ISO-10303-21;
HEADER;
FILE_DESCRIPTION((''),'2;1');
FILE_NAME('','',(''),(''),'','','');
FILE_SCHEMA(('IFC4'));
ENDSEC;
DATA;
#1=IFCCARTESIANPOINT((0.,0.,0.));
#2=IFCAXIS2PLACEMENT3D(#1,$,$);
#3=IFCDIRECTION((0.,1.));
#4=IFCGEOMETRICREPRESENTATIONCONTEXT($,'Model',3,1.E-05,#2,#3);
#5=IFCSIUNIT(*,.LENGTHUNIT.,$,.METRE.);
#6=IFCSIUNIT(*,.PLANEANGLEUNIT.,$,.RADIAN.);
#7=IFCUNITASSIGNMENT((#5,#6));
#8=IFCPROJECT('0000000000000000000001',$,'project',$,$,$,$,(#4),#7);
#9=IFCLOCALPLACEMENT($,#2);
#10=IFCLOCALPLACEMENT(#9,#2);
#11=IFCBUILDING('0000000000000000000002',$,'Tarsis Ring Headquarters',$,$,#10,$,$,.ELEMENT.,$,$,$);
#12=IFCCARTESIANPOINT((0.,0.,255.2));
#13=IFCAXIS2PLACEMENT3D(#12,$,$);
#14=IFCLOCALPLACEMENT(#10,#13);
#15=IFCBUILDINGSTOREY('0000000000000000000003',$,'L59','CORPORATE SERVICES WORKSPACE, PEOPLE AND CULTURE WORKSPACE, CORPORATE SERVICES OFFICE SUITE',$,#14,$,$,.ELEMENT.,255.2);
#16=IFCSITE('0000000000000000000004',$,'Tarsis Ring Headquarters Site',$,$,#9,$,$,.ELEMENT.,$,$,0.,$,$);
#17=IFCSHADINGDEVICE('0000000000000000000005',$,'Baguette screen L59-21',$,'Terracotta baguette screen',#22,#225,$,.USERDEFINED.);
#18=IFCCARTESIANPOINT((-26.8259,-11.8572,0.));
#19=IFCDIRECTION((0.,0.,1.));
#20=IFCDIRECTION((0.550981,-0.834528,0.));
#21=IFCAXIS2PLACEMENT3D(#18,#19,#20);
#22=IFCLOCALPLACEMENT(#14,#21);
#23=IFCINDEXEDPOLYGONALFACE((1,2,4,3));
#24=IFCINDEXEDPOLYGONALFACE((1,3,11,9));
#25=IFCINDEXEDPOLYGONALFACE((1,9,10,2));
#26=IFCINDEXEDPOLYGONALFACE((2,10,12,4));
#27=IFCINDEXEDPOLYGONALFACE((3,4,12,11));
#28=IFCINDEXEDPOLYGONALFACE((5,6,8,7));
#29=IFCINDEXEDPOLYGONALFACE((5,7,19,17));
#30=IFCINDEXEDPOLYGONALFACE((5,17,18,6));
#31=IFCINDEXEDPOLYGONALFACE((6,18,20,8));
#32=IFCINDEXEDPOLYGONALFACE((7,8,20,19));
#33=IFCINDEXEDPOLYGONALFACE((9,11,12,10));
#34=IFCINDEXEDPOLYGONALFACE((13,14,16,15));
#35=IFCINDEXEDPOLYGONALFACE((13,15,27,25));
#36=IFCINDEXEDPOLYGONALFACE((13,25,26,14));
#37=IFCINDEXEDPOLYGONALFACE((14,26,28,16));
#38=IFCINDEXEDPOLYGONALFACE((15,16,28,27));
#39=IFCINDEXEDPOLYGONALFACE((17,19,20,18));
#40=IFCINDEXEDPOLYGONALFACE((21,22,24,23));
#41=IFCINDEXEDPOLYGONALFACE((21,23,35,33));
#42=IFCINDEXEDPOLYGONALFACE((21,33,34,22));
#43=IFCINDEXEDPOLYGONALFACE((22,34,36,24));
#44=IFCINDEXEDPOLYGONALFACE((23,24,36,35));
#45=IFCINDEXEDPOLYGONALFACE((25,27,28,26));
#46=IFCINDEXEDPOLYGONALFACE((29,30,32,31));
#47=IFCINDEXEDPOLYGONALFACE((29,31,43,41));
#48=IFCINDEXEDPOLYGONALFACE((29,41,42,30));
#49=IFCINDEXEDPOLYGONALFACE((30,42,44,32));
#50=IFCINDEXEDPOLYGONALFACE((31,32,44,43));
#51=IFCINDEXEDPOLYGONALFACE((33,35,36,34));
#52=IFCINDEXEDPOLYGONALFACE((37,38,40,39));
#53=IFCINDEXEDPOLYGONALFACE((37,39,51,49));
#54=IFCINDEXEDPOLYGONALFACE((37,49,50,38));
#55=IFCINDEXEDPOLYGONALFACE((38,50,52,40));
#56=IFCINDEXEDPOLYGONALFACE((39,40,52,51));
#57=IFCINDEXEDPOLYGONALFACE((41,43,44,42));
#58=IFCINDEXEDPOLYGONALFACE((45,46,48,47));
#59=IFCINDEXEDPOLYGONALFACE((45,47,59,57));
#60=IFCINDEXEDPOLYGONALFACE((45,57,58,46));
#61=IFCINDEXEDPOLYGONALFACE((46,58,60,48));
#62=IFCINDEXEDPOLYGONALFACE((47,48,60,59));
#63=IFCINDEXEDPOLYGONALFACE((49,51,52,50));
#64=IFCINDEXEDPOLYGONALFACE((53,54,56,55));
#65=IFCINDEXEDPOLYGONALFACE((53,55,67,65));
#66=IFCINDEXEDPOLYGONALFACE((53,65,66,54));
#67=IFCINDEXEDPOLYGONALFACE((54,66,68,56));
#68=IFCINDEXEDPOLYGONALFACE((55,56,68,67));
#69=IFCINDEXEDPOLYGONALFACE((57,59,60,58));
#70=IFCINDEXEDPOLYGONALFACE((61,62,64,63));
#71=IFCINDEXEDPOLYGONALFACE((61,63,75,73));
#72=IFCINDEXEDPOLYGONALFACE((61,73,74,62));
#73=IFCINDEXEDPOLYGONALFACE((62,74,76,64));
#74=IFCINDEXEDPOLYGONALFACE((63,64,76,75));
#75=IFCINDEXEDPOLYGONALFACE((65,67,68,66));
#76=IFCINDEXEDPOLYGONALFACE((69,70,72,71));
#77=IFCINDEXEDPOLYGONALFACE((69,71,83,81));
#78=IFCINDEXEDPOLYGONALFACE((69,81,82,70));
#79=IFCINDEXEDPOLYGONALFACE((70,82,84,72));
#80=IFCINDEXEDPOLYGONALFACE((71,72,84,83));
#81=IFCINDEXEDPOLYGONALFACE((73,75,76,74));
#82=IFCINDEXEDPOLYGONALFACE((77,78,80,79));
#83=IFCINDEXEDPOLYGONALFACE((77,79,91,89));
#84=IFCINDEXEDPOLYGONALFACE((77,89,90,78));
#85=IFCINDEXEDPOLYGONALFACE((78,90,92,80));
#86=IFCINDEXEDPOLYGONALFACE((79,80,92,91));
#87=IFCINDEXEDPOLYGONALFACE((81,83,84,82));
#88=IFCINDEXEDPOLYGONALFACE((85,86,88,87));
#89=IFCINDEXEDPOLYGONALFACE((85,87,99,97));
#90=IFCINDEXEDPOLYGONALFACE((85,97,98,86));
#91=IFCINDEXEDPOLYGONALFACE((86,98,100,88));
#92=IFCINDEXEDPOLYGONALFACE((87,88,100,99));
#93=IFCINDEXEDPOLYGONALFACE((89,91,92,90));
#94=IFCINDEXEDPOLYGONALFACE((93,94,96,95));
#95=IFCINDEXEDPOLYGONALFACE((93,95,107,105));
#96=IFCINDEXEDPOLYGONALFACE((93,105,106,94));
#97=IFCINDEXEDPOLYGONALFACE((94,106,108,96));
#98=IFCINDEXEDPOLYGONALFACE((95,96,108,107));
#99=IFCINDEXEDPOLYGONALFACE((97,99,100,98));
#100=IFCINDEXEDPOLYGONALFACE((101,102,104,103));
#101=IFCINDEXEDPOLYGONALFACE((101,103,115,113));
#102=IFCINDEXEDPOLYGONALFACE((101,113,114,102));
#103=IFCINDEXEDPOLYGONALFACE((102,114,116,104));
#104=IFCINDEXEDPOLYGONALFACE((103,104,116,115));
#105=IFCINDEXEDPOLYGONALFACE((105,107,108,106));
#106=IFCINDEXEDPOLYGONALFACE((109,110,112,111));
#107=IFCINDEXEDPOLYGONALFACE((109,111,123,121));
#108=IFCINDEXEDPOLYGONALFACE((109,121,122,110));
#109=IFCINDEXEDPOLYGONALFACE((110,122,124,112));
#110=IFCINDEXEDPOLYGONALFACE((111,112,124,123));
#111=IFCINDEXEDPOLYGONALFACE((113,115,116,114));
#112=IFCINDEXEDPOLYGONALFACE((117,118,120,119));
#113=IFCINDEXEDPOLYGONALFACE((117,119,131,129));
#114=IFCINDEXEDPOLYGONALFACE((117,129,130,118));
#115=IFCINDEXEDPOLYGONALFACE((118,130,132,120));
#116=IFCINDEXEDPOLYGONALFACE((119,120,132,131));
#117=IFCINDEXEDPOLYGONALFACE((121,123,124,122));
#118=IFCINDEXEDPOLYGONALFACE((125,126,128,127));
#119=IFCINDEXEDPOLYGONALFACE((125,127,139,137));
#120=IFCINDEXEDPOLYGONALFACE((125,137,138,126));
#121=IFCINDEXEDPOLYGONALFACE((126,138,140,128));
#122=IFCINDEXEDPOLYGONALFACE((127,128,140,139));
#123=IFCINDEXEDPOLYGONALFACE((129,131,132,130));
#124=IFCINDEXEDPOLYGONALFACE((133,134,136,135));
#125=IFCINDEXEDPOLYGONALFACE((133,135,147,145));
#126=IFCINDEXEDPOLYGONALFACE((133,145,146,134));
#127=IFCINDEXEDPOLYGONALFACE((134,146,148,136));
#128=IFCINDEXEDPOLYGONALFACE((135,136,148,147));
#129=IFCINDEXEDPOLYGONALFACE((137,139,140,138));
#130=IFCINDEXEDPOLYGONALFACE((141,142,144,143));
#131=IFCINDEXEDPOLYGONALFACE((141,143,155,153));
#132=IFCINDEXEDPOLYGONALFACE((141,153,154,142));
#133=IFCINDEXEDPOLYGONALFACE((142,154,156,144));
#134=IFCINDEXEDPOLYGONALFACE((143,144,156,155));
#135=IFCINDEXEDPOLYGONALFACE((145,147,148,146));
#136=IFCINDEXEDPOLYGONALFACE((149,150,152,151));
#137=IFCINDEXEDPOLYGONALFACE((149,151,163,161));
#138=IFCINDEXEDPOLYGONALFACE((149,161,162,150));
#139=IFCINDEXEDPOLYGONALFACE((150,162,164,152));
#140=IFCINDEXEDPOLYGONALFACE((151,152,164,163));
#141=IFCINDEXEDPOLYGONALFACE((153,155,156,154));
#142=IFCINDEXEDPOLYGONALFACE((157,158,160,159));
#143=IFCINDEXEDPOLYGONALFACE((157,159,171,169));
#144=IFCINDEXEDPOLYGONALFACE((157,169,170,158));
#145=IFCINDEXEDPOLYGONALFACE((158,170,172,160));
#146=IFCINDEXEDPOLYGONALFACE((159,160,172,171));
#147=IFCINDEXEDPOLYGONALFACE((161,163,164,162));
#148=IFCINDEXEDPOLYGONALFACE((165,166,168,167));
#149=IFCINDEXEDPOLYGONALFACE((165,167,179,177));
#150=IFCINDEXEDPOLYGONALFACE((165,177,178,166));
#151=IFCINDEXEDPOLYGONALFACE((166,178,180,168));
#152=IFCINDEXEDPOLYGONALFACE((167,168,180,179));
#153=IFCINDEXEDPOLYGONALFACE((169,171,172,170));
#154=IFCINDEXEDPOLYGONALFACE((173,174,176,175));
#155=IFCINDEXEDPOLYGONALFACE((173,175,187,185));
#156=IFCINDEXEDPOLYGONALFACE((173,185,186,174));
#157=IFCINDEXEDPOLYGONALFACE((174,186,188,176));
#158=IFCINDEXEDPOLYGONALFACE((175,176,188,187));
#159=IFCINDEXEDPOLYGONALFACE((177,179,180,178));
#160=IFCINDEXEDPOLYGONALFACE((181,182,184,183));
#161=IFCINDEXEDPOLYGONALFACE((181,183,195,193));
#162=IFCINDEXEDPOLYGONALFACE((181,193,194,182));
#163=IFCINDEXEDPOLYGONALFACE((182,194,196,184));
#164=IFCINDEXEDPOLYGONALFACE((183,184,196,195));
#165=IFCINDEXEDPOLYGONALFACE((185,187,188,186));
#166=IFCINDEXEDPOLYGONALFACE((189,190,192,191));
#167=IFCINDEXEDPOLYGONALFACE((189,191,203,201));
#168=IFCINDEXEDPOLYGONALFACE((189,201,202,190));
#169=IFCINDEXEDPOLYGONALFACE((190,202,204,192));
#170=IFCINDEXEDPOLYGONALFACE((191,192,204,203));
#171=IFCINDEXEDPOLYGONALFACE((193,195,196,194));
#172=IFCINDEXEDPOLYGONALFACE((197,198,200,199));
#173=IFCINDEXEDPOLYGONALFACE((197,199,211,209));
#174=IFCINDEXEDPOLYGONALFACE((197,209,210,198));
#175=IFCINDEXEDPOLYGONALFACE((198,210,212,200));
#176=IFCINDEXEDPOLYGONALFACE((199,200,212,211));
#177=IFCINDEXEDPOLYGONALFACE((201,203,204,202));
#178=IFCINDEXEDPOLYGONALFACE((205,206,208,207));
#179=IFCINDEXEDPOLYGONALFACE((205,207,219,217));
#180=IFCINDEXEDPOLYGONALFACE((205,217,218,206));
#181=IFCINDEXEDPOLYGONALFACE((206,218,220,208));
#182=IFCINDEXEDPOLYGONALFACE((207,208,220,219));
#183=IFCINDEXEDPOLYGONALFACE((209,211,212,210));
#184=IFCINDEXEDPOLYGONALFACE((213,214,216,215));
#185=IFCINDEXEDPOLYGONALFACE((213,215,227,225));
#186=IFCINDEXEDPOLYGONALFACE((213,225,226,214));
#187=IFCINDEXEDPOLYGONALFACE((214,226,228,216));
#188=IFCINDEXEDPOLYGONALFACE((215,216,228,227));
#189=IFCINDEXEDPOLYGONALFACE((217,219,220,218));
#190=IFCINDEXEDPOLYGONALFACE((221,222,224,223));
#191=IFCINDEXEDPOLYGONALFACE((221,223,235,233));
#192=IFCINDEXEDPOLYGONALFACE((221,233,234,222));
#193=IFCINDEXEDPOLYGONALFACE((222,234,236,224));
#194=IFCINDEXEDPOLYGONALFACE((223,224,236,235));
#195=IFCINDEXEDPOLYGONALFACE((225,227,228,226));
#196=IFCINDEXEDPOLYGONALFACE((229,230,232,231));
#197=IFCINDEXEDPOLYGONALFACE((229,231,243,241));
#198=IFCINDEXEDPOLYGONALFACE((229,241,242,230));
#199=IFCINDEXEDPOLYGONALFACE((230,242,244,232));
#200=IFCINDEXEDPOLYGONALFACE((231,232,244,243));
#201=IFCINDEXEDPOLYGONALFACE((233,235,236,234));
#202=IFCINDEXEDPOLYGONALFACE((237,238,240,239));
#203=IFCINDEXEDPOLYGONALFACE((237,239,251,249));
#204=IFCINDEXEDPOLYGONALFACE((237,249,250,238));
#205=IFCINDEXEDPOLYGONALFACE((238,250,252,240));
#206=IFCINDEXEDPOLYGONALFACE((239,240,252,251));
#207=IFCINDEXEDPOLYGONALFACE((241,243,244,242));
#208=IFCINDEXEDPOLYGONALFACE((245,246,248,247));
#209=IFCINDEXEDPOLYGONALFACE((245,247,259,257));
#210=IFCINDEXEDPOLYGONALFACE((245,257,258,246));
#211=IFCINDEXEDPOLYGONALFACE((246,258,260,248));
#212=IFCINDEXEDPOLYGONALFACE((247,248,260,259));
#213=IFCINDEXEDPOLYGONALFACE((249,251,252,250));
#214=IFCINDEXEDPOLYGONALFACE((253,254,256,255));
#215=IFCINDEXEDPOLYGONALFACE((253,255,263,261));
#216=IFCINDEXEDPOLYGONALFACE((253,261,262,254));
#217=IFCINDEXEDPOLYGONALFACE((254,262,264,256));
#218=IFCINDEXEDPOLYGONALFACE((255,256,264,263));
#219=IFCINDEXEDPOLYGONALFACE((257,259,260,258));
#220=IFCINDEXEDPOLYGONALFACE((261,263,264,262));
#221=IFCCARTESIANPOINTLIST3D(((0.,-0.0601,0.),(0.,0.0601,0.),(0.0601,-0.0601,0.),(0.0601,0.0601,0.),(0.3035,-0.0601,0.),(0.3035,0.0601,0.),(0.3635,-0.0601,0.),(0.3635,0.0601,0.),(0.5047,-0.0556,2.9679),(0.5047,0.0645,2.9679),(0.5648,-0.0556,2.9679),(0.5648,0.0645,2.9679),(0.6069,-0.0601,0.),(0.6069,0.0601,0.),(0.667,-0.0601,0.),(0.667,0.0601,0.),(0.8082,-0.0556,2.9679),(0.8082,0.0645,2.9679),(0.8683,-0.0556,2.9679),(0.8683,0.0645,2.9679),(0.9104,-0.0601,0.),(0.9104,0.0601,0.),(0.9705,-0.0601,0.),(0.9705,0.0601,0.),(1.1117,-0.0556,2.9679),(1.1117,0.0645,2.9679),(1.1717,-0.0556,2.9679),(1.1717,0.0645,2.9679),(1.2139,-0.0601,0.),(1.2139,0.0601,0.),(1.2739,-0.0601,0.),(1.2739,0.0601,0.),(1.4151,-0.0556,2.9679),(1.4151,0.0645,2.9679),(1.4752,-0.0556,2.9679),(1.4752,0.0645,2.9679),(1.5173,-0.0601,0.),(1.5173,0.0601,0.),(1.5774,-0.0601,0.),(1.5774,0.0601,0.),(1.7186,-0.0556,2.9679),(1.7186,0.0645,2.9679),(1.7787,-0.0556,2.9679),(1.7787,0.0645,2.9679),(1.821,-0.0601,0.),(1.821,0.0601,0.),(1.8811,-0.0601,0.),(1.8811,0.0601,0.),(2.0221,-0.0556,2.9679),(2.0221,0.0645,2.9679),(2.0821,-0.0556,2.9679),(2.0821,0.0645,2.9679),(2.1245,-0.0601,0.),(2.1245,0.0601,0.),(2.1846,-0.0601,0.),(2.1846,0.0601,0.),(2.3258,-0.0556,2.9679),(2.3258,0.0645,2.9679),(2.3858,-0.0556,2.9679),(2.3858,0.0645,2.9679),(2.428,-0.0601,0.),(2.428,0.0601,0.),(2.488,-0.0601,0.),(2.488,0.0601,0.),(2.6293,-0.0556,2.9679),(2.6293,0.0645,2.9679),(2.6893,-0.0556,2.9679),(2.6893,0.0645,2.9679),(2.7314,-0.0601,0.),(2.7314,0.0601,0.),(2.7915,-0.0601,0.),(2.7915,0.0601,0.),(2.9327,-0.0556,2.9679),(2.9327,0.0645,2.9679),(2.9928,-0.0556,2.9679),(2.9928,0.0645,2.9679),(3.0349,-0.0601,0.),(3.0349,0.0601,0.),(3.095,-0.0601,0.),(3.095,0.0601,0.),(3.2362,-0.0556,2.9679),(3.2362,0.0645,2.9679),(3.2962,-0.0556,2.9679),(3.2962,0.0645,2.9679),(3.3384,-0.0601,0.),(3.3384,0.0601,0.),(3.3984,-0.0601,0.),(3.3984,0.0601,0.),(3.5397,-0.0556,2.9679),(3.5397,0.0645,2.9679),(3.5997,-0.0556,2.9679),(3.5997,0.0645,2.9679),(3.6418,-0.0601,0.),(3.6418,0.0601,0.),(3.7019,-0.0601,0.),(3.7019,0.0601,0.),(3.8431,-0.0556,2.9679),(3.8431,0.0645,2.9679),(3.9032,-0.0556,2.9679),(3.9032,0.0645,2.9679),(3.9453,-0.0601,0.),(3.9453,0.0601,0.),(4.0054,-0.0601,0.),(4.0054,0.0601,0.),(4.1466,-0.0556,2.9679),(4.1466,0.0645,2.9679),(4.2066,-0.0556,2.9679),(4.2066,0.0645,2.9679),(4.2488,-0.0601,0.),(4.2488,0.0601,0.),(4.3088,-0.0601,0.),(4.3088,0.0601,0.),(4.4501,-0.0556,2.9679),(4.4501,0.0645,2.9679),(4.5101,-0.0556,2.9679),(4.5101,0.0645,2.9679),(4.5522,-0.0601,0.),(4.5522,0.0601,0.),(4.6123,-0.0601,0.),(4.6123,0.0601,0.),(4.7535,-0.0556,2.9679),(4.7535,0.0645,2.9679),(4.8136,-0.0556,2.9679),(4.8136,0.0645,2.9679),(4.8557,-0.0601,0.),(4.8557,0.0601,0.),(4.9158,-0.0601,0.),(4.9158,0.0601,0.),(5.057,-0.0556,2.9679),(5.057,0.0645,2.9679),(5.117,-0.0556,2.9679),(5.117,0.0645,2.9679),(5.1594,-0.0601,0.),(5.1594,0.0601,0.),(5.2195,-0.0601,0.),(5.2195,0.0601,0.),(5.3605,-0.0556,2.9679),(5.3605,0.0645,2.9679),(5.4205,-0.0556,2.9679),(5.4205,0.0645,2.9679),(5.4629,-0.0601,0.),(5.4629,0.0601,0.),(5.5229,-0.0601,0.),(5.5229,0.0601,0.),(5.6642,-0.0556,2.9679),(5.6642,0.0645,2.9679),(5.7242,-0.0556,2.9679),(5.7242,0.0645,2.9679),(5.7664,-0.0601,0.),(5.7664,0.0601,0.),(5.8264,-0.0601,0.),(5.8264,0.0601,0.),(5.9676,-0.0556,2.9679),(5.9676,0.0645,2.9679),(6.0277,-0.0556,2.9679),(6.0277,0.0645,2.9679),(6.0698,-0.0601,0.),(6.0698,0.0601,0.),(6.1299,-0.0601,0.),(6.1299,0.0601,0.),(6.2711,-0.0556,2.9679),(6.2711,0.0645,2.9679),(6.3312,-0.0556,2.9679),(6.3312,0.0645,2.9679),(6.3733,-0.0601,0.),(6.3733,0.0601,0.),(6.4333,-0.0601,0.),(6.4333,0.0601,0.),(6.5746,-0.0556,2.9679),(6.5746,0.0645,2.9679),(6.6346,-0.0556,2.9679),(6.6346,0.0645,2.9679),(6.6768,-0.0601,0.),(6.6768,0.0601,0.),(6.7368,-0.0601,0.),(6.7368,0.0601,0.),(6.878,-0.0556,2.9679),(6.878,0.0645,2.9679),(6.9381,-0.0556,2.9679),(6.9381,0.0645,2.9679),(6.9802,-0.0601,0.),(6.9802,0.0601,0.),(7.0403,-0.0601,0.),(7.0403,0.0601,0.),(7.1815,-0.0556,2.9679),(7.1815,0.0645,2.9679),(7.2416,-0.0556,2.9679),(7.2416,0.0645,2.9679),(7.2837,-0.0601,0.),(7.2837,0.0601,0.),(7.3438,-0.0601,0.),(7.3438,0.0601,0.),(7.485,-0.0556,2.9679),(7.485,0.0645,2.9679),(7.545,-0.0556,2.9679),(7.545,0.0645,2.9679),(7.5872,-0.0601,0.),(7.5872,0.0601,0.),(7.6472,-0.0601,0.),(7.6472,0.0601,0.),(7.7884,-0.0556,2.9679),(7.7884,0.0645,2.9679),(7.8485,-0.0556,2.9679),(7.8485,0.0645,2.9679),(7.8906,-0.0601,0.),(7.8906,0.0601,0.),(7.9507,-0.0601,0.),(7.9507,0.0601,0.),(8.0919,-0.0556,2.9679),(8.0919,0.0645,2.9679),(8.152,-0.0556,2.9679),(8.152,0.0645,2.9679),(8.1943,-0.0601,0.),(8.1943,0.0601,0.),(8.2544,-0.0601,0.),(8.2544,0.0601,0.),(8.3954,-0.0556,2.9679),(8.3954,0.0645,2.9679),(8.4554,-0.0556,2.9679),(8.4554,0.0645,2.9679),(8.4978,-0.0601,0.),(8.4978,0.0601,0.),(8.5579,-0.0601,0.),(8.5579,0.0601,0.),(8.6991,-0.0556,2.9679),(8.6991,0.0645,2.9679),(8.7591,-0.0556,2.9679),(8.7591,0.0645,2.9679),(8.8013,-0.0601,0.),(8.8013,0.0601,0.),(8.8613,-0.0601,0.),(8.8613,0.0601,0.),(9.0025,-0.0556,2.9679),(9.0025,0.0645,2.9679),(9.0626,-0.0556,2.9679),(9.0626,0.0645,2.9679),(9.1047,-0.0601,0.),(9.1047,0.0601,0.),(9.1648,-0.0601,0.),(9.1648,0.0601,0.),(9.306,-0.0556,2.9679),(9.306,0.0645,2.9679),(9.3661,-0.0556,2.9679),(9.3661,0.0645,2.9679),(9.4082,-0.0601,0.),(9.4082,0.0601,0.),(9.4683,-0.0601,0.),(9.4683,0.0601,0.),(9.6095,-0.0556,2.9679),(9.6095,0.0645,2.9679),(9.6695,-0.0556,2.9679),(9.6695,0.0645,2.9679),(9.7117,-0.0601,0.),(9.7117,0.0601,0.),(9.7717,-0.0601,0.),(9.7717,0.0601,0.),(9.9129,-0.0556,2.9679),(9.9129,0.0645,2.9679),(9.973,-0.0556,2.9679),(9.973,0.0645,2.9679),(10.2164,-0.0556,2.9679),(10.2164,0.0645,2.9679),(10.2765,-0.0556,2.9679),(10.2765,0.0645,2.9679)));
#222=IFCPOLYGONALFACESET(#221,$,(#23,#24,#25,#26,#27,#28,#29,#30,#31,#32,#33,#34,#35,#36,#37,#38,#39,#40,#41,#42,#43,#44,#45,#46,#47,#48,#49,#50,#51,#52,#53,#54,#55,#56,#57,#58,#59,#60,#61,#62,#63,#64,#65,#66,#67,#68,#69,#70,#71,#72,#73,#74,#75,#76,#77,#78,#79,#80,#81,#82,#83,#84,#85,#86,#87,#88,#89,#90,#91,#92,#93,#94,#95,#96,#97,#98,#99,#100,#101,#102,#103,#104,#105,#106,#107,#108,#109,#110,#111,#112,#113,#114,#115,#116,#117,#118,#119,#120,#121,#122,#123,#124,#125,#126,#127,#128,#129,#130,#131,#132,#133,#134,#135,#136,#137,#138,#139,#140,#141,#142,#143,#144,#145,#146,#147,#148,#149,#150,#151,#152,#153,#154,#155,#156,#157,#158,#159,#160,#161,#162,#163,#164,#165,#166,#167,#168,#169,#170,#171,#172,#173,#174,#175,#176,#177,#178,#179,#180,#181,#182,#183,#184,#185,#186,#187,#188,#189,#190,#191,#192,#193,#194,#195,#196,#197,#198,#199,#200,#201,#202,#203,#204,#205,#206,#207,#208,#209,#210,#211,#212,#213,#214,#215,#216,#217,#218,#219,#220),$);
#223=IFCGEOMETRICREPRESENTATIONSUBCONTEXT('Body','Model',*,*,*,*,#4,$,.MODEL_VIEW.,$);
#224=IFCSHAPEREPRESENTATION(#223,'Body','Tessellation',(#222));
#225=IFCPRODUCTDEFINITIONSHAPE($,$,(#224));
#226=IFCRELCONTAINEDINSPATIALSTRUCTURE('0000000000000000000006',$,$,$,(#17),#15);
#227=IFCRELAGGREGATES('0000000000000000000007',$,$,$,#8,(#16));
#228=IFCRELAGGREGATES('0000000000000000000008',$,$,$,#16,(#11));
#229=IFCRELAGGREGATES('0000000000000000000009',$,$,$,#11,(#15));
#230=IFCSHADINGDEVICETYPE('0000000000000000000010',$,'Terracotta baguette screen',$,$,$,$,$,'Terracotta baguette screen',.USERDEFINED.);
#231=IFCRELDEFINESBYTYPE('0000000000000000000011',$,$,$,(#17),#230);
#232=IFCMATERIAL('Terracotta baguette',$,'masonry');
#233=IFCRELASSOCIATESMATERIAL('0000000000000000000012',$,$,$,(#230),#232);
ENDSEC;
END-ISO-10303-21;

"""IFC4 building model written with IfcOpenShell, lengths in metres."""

from ifc_helpers import new_model, si_unit, direction, frame, frame_2d, origin, place, context, subcontext, project, spatial, rectangle, composite_profile, extrude, material, type_object, element, save


model = new_model("IFC4")

# Units and contexts
model_context = context("Model", 3, precision=1e-05, world=origin(), true_north=direction((0.0, 1.0)))
body_context = subcontext(model_context, "Body", "Model", "MODEL_VIEW")
ifc_project = project(units=[si_unit("LENGTHUNIT", "METRE"), si_unit("PLANEANGLEUNIT", "RADIAN")], contexts=[model_context])

# Site, building, storey
site_placement = place(None, origin())
site = spatial("IfcSite", under=ifc_project, at=site_placement, Name="Tarsis Ring Headquarters Site", CompositionType="ELEMENT", RefElevation=0.0)
building_placement = place(site_placement, origin())
building = spatial("IfcBuilding", under=site, at=building_placement, Name="Tarsis Ring Headquarters", CompositionType="ELEMENT")
storey_placement = place(building_placement, frame((0.0, 0.0, 255.2)))
storey = spatial("IfcBuildingStorey", under=building, at=storey_placement, Name="L59", Description="CORPORATE SERVICES WORKSPACE, PEOPLE AND CULTURE WORKSPACE, CORPORATE SERVICES OFFICE SUITE", CompositionType="ELEMENT", Elevation=255.2)

# Shading device
ifc_material_1 = material(Name="Terracotta baguette", Category="masonry")
shading_device_type_1 = type_object("IfcShadingDeviceType", Name="Terracotta baguette screen", ElementType="Terracotta baguette screen", PredefinedType="USERDEFINED", material=ifc_material_1)
shading_device_1_placement = place(storey_placement, frame((-26.8259, -11.8572, 0.0), z_axis=(0.0, 0.0, 1.0), x_axis=(0.550981, -0.834528, 0.0)))
element("IfcShadingDevice", 1, at=shading_device_1_placement, inside=storey, type_object=shading_device_type_1, Name="Baguette screen L59-21", ObjectType="Terracotta baguette screen", PredefinedType="USERDEFINED", context=body_context, shape_type="SweptSolid", body=[
    extrude(composite_profile([rectangle(XDim=0.0601, YDim=0.1201, at=frame_2d((0.03, 0.0))), rectangle(XDim=0.0601, YDim=0.1201, at=frame_2d((0.3335, 0.0))), rectangle(XDim=0.0601, YDim=0.1201, at=frame_2d((0.637, 0.0))), rectangle(XDim=0.0601, YDim=0.1201, at=frame_2d((0.9404, 0.0))), rectangle(XDim=0.0601, YDim=0.1201, at=frame_2d((1.2439, 0.0))), rectangle(XDim=0.0601, YDim=0.1201, at=frame_2d((1.5474, 0.0))), rectangle(XDim=0.0601, YDim=0.1201, at=frame_2d((1.8511, 0.0))), rectangle(XDim=0.0601, YDim=0.1201, at=frame_2d((2.1545, 0.0))), rectangle(XDim=0.0601, YDim=0.1201, at=frame_2d((2.458, 0.0))), rectangle(XDim=0.0601, YDim=0.1201, at=frame_2d((2.7615, 0.0))), rectangle(XDim=0.0601, YDim=0.1201, at=frame_2d((3.0649, 0.0))), rectangle(XDim=0.0601, YDim=0.1201, at=frame_2d((3.3684, 0.0))), rectangle(XDim=0.0601, YDim=0.1201, at=frame_2d((3.6719, 0.0))), rectangle(XDim=0.0601, YDim=0.1201, at=frame_2d((3.9753, 0.0))), rectangle(XDim=0.0601, YDim=0.1201, at=frame_2d((4.2788, 0.0))), rectangle(XDim=0.0601, YDim=0.1201, at=frame_2d((4.5823, 0.0))), rectangle(XDim=0.0601, YDim=0.1201, at=frame_2d((4.8857, 0.0))), rectangle(XDim=0.0601, YDim=0.1201, at=frame_2d((5.1895, 0.0))), rectangle(XDim=0.0601, YDim=0.1201, at=frame_2d((5.4929, 0.0))), rectangle(XDim=0.0601, YDim=0.1201, at=frame_2d((5.7964, 0.0))), rectangle(XDim=0.0601, YDim=0.1201, at=frame_2d((6.0999, 0.0))), rectangle(XDim=0.0601, YDim=0.1201, at=frame_2d((6.4033, 0.0))), rectangle(XDim=0.0601, YDim=0.1201, at=frame_2d((6.7068, 0.0))), rectangle(XDim=0.0601, YDim=0.1201, at=frame_2d((7.0103, 0.0))), rectangle(XDim=0.0601, YDim=0.1201, at=frame_2d((7.3137, 0.0))), rectangle(XDim=0.0601, YDim=0.1201, at=frame_2d((7.6172, 0.0))), rectangle(XDim=0.0601, YDim=0.1201, at=frame_2d((7.9207, 0.0))), rectangle(XDim=0.0601, YDim=0.1201, at=frame_2d((8.2244, 0.0))), rectangle(XDim=0.0601, YDim=0.1201, at=frame_2d((8.5278, 0.0))), rectangle(XDim=0.0601, YDim=0.1201, at=frame_2d((8.8313, 0.0))), rectangle(XDim=0.0601, YDim=0.1201, at=frame_2d((9.1348, 0.0))), rectangle(XDim=0.0601, YDim=0.1201, at=frame_2d((9.4382, 0.0))), rectangle(XDim=0.0601, YDim=0.1201, at=frame_2d((9.7417, 0.0)))]), origin(), (0.167661, 0.001466, 0.985844), 3.0105),
])

save(model, "model.ifc")
